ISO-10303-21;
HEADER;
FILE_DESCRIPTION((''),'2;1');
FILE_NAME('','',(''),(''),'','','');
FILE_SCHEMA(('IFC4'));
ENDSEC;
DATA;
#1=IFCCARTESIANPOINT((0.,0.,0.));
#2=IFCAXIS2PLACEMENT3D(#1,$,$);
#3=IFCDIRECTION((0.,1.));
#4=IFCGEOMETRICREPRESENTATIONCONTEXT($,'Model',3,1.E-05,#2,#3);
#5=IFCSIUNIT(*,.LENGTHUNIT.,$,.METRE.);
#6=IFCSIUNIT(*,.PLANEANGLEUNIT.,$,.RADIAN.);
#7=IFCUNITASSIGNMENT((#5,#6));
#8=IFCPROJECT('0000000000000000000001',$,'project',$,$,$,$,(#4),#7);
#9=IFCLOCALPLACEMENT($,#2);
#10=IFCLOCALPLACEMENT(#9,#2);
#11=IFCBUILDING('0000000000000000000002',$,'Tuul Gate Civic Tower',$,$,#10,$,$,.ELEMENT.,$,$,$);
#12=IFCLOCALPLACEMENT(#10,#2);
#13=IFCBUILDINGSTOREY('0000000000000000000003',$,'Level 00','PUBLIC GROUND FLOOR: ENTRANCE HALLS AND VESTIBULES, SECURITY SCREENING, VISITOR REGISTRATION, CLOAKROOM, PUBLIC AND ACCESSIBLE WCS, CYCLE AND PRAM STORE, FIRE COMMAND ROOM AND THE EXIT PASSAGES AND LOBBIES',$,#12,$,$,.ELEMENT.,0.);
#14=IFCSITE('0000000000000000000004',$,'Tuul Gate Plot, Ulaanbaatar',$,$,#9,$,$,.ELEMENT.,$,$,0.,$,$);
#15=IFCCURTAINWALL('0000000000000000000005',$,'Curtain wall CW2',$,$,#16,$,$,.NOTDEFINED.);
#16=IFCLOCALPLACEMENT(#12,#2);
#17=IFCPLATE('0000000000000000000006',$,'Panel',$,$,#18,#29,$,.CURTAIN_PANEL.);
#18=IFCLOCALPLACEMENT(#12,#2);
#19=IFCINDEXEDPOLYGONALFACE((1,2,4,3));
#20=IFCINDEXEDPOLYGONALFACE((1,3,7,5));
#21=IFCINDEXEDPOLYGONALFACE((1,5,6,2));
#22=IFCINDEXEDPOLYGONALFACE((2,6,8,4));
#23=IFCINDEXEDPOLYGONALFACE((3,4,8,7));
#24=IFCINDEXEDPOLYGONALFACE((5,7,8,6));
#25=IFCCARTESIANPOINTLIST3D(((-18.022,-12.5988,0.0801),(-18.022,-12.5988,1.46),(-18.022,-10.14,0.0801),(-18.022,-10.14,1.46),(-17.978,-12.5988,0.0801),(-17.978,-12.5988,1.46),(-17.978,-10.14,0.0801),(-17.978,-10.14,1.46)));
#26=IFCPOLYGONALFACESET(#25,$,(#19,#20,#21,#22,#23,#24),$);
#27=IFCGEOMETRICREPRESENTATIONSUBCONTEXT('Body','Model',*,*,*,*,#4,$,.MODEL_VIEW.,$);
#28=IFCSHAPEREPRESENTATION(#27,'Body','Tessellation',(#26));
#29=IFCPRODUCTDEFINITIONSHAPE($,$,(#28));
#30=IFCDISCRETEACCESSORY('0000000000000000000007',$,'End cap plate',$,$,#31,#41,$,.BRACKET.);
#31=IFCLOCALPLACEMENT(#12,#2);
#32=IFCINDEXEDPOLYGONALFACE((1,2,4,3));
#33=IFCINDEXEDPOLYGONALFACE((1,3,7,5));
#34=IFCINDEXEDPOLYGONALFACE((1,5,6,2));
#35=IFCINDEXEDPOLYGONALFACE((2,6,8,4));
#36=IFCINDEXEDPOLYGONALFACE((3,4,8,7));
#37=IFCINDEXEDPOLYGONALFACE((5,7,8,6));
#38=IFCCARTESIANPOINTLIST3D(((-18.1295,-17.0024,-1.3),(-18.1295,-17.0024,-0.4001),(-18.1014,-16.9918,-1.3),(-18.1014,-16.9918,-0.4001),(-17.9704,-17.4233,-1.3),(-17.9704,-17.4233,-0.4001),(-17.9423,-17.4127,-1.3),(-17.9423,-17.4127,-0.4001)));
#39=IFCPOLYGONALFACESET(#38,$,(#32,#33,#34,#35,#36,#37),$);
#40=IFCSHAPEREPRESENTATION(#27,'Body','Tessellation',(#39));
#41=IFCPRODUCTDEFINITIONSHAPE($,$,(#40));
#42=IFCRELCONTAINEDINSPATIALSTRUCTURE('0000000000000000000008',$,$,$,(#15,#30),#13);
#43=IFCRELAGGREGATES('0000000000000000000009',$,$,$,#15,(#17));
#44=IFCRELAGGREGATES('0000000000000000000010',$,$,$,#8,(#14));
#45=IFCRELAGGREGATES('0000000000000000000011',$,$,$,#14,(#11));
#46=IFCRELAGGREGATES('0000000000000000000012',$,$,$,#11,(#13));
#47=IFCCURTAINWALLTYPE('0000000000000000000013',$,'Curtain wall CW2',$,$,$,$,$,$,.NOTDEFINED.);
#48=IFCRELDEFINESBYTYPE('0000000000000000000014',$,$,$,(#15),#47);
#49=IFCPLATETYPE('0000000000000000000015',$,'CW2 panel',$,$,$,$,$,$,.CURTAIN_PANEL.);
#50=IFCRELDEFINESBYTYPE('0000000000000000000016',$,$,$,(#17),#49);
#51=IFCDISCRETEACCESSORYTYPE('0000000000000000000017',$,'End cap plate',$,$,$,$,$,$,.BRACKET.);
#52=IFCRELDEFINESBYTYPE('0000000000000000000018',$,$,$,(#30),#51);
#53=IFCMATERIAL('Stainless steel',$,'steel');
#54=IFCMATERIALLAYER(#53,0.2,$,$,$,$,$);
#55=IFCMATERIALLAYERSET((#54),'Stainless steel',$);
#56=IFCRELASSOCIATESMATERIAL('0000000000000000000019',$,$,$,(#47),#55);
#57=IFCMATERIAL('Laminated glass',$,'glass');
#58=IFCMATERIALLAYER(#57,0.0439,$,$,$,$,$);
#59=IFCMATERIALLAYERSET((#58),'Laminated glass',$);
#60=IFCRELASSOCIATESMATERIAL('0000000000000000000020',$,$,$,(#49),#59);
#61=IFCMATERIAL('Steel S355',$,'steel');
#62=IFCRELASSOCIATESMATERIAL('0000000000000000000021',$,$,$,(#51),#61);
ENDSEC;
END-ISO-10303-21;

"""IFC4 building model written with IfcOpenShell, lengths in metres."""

from ifc_helpers import new_model, si_unit, direction, frame, origin, origin_2d, place, context, subcontext, project, spatial, rectangle, extrude, material, layer, layer_set, type_object, element, aggregate, save


model = new_model("IFC4")

# Units and contexts
model_context = context("Model", 3, precision=1e-05, world=origin(), true_north=direction((0.0, 1.0)))
body_context = subcontext(model_context, "Body", "Model", "MODEL_VIEW")
ifc_project = project(units=[si_unit("LENGTHUNIT", "METRE"), si_unit("PLANEANGLEUNIT", "RADIAN")], contexts=[model_context])

# Site, building, storey
site_placement = place(None, origin())
site = spatial("IfcSite", under=ifc_project, at=site_placement, Name="Tuul Gate Plot, Ulaanbaatar", CompositionType="ELEMENT", RefElevation=0.0)
building_placement = place(site_placement, origin())
building = spatial("IfcBuilding", under=site, at=building_placement, Name="Tuul Gate Civic Tower", CompositionType="ELEMENT")
storey_placement = place(building_placement, origin())
storey = spatial("IfcBuildingStorey", under=building, at=storey_placement, Name="Level 00", Description="PUBLIC GROUND FLOOR: ENTRANCE HALLS AND VESTIBULES, SECURITY SCREENING, VISITOR REGISTRATION, CLOAKROOM, PUBLIC AND ACCESSIBLE WCS, CYCLE AND PRAM STORE, FIRE COMMAND ROOM AND THE EXIT PASSAGES AND LOBBIES", CompositionType="ELEMENT", Elevation=0.0)

# Shared definitions
ifc_material_1 = material(Name="Stainless steel", Category="steel")
ifc_layer_1 = layer(ifc_material_1, 0.2)
ifc_layer_set_1 = layer_set([ifc_layer_1], Name="Stainless steel")
curtain_wall_type = type_object("IfcCurtainWallType", Name="Curtain wall CW2", PredefinedType="NOTDEFINED", material=ifc_layer_set_1)

# Curtain wall
curtain_wall_1_placement = place(storey_placement, origin())
curtain_wall_1 = element("IfcCurtainWall", 1, at=curtain_wall_1_placement, inside=storey, type_object=curtain_wall_type, Name="Curtain wall CW2", PredefinedType="NOTDEFINED")

# Plate
ifc_material_2 = material(Name="Laminated glass", Category="glass")
ifc_layer_2 = layer(ifc_material_2, 0.0439)
ifc_layer_set_2 = layer_set([ifc_layer_2], Name="Laminated glass")
plate_type = type_object("IfcPlateType", Name="CW2 panel", PredefinedType="CURTAIN_PANEL", material=ifc_layer_set_2)
plate_1_placement = place(storey_placement, frame((-18.0, -11.3694, 0.0801), z_axis=(0.0, 0.0, 1.0), x_axis=(0.0, 1.0, 0.0)))
plate_1 = element("IfcPlate", 2, at=plate_1_placement, type_object=plate_type, Name="Panel", PredefinedType="CURTAIN_PANEL", context=body_context, shape_type="SweptSolid", body=[
    extrude(rectangle(XDim=2.4587, YDim=0.0439, at=origin_2d()), origin(), (0.0, 0.0, 1.0), 1.3799),
])
aggregate(curtain_wall_1, [plate_1])

# Discrete accessory
ifc_material_3 = material(Name="Steel S355", Category="steel")
discrete_accessory_type = type_object("IfcDiscreteAccessoryType", Name="End cap plate", PredefinedType="BRACKET", material=ifc_material_3)
discrete_accessory_placement = place(storey_placement, frame((-18.0359, -17.2075, -1.3), z_axis=(0.0, 0.0, 1.0), x_axis=(0.935397, 0.3536, 0.0)))
element("IfcDiscreteAccessory", 3, at=discrete_accessory_placement, inside=storey, type_object=discrete_accessory_type, Name="End cap plate", PredefinedType="BRACKET", context=body_context, shape_type="SweptSolid", body=[
    extrude(rectangle(XDim=0.03, YDim=0.45, at=origin_2d()), origin(), (0.0, 0.0, 1.0), 0.8999),
])

save(model, "model.ifc")
